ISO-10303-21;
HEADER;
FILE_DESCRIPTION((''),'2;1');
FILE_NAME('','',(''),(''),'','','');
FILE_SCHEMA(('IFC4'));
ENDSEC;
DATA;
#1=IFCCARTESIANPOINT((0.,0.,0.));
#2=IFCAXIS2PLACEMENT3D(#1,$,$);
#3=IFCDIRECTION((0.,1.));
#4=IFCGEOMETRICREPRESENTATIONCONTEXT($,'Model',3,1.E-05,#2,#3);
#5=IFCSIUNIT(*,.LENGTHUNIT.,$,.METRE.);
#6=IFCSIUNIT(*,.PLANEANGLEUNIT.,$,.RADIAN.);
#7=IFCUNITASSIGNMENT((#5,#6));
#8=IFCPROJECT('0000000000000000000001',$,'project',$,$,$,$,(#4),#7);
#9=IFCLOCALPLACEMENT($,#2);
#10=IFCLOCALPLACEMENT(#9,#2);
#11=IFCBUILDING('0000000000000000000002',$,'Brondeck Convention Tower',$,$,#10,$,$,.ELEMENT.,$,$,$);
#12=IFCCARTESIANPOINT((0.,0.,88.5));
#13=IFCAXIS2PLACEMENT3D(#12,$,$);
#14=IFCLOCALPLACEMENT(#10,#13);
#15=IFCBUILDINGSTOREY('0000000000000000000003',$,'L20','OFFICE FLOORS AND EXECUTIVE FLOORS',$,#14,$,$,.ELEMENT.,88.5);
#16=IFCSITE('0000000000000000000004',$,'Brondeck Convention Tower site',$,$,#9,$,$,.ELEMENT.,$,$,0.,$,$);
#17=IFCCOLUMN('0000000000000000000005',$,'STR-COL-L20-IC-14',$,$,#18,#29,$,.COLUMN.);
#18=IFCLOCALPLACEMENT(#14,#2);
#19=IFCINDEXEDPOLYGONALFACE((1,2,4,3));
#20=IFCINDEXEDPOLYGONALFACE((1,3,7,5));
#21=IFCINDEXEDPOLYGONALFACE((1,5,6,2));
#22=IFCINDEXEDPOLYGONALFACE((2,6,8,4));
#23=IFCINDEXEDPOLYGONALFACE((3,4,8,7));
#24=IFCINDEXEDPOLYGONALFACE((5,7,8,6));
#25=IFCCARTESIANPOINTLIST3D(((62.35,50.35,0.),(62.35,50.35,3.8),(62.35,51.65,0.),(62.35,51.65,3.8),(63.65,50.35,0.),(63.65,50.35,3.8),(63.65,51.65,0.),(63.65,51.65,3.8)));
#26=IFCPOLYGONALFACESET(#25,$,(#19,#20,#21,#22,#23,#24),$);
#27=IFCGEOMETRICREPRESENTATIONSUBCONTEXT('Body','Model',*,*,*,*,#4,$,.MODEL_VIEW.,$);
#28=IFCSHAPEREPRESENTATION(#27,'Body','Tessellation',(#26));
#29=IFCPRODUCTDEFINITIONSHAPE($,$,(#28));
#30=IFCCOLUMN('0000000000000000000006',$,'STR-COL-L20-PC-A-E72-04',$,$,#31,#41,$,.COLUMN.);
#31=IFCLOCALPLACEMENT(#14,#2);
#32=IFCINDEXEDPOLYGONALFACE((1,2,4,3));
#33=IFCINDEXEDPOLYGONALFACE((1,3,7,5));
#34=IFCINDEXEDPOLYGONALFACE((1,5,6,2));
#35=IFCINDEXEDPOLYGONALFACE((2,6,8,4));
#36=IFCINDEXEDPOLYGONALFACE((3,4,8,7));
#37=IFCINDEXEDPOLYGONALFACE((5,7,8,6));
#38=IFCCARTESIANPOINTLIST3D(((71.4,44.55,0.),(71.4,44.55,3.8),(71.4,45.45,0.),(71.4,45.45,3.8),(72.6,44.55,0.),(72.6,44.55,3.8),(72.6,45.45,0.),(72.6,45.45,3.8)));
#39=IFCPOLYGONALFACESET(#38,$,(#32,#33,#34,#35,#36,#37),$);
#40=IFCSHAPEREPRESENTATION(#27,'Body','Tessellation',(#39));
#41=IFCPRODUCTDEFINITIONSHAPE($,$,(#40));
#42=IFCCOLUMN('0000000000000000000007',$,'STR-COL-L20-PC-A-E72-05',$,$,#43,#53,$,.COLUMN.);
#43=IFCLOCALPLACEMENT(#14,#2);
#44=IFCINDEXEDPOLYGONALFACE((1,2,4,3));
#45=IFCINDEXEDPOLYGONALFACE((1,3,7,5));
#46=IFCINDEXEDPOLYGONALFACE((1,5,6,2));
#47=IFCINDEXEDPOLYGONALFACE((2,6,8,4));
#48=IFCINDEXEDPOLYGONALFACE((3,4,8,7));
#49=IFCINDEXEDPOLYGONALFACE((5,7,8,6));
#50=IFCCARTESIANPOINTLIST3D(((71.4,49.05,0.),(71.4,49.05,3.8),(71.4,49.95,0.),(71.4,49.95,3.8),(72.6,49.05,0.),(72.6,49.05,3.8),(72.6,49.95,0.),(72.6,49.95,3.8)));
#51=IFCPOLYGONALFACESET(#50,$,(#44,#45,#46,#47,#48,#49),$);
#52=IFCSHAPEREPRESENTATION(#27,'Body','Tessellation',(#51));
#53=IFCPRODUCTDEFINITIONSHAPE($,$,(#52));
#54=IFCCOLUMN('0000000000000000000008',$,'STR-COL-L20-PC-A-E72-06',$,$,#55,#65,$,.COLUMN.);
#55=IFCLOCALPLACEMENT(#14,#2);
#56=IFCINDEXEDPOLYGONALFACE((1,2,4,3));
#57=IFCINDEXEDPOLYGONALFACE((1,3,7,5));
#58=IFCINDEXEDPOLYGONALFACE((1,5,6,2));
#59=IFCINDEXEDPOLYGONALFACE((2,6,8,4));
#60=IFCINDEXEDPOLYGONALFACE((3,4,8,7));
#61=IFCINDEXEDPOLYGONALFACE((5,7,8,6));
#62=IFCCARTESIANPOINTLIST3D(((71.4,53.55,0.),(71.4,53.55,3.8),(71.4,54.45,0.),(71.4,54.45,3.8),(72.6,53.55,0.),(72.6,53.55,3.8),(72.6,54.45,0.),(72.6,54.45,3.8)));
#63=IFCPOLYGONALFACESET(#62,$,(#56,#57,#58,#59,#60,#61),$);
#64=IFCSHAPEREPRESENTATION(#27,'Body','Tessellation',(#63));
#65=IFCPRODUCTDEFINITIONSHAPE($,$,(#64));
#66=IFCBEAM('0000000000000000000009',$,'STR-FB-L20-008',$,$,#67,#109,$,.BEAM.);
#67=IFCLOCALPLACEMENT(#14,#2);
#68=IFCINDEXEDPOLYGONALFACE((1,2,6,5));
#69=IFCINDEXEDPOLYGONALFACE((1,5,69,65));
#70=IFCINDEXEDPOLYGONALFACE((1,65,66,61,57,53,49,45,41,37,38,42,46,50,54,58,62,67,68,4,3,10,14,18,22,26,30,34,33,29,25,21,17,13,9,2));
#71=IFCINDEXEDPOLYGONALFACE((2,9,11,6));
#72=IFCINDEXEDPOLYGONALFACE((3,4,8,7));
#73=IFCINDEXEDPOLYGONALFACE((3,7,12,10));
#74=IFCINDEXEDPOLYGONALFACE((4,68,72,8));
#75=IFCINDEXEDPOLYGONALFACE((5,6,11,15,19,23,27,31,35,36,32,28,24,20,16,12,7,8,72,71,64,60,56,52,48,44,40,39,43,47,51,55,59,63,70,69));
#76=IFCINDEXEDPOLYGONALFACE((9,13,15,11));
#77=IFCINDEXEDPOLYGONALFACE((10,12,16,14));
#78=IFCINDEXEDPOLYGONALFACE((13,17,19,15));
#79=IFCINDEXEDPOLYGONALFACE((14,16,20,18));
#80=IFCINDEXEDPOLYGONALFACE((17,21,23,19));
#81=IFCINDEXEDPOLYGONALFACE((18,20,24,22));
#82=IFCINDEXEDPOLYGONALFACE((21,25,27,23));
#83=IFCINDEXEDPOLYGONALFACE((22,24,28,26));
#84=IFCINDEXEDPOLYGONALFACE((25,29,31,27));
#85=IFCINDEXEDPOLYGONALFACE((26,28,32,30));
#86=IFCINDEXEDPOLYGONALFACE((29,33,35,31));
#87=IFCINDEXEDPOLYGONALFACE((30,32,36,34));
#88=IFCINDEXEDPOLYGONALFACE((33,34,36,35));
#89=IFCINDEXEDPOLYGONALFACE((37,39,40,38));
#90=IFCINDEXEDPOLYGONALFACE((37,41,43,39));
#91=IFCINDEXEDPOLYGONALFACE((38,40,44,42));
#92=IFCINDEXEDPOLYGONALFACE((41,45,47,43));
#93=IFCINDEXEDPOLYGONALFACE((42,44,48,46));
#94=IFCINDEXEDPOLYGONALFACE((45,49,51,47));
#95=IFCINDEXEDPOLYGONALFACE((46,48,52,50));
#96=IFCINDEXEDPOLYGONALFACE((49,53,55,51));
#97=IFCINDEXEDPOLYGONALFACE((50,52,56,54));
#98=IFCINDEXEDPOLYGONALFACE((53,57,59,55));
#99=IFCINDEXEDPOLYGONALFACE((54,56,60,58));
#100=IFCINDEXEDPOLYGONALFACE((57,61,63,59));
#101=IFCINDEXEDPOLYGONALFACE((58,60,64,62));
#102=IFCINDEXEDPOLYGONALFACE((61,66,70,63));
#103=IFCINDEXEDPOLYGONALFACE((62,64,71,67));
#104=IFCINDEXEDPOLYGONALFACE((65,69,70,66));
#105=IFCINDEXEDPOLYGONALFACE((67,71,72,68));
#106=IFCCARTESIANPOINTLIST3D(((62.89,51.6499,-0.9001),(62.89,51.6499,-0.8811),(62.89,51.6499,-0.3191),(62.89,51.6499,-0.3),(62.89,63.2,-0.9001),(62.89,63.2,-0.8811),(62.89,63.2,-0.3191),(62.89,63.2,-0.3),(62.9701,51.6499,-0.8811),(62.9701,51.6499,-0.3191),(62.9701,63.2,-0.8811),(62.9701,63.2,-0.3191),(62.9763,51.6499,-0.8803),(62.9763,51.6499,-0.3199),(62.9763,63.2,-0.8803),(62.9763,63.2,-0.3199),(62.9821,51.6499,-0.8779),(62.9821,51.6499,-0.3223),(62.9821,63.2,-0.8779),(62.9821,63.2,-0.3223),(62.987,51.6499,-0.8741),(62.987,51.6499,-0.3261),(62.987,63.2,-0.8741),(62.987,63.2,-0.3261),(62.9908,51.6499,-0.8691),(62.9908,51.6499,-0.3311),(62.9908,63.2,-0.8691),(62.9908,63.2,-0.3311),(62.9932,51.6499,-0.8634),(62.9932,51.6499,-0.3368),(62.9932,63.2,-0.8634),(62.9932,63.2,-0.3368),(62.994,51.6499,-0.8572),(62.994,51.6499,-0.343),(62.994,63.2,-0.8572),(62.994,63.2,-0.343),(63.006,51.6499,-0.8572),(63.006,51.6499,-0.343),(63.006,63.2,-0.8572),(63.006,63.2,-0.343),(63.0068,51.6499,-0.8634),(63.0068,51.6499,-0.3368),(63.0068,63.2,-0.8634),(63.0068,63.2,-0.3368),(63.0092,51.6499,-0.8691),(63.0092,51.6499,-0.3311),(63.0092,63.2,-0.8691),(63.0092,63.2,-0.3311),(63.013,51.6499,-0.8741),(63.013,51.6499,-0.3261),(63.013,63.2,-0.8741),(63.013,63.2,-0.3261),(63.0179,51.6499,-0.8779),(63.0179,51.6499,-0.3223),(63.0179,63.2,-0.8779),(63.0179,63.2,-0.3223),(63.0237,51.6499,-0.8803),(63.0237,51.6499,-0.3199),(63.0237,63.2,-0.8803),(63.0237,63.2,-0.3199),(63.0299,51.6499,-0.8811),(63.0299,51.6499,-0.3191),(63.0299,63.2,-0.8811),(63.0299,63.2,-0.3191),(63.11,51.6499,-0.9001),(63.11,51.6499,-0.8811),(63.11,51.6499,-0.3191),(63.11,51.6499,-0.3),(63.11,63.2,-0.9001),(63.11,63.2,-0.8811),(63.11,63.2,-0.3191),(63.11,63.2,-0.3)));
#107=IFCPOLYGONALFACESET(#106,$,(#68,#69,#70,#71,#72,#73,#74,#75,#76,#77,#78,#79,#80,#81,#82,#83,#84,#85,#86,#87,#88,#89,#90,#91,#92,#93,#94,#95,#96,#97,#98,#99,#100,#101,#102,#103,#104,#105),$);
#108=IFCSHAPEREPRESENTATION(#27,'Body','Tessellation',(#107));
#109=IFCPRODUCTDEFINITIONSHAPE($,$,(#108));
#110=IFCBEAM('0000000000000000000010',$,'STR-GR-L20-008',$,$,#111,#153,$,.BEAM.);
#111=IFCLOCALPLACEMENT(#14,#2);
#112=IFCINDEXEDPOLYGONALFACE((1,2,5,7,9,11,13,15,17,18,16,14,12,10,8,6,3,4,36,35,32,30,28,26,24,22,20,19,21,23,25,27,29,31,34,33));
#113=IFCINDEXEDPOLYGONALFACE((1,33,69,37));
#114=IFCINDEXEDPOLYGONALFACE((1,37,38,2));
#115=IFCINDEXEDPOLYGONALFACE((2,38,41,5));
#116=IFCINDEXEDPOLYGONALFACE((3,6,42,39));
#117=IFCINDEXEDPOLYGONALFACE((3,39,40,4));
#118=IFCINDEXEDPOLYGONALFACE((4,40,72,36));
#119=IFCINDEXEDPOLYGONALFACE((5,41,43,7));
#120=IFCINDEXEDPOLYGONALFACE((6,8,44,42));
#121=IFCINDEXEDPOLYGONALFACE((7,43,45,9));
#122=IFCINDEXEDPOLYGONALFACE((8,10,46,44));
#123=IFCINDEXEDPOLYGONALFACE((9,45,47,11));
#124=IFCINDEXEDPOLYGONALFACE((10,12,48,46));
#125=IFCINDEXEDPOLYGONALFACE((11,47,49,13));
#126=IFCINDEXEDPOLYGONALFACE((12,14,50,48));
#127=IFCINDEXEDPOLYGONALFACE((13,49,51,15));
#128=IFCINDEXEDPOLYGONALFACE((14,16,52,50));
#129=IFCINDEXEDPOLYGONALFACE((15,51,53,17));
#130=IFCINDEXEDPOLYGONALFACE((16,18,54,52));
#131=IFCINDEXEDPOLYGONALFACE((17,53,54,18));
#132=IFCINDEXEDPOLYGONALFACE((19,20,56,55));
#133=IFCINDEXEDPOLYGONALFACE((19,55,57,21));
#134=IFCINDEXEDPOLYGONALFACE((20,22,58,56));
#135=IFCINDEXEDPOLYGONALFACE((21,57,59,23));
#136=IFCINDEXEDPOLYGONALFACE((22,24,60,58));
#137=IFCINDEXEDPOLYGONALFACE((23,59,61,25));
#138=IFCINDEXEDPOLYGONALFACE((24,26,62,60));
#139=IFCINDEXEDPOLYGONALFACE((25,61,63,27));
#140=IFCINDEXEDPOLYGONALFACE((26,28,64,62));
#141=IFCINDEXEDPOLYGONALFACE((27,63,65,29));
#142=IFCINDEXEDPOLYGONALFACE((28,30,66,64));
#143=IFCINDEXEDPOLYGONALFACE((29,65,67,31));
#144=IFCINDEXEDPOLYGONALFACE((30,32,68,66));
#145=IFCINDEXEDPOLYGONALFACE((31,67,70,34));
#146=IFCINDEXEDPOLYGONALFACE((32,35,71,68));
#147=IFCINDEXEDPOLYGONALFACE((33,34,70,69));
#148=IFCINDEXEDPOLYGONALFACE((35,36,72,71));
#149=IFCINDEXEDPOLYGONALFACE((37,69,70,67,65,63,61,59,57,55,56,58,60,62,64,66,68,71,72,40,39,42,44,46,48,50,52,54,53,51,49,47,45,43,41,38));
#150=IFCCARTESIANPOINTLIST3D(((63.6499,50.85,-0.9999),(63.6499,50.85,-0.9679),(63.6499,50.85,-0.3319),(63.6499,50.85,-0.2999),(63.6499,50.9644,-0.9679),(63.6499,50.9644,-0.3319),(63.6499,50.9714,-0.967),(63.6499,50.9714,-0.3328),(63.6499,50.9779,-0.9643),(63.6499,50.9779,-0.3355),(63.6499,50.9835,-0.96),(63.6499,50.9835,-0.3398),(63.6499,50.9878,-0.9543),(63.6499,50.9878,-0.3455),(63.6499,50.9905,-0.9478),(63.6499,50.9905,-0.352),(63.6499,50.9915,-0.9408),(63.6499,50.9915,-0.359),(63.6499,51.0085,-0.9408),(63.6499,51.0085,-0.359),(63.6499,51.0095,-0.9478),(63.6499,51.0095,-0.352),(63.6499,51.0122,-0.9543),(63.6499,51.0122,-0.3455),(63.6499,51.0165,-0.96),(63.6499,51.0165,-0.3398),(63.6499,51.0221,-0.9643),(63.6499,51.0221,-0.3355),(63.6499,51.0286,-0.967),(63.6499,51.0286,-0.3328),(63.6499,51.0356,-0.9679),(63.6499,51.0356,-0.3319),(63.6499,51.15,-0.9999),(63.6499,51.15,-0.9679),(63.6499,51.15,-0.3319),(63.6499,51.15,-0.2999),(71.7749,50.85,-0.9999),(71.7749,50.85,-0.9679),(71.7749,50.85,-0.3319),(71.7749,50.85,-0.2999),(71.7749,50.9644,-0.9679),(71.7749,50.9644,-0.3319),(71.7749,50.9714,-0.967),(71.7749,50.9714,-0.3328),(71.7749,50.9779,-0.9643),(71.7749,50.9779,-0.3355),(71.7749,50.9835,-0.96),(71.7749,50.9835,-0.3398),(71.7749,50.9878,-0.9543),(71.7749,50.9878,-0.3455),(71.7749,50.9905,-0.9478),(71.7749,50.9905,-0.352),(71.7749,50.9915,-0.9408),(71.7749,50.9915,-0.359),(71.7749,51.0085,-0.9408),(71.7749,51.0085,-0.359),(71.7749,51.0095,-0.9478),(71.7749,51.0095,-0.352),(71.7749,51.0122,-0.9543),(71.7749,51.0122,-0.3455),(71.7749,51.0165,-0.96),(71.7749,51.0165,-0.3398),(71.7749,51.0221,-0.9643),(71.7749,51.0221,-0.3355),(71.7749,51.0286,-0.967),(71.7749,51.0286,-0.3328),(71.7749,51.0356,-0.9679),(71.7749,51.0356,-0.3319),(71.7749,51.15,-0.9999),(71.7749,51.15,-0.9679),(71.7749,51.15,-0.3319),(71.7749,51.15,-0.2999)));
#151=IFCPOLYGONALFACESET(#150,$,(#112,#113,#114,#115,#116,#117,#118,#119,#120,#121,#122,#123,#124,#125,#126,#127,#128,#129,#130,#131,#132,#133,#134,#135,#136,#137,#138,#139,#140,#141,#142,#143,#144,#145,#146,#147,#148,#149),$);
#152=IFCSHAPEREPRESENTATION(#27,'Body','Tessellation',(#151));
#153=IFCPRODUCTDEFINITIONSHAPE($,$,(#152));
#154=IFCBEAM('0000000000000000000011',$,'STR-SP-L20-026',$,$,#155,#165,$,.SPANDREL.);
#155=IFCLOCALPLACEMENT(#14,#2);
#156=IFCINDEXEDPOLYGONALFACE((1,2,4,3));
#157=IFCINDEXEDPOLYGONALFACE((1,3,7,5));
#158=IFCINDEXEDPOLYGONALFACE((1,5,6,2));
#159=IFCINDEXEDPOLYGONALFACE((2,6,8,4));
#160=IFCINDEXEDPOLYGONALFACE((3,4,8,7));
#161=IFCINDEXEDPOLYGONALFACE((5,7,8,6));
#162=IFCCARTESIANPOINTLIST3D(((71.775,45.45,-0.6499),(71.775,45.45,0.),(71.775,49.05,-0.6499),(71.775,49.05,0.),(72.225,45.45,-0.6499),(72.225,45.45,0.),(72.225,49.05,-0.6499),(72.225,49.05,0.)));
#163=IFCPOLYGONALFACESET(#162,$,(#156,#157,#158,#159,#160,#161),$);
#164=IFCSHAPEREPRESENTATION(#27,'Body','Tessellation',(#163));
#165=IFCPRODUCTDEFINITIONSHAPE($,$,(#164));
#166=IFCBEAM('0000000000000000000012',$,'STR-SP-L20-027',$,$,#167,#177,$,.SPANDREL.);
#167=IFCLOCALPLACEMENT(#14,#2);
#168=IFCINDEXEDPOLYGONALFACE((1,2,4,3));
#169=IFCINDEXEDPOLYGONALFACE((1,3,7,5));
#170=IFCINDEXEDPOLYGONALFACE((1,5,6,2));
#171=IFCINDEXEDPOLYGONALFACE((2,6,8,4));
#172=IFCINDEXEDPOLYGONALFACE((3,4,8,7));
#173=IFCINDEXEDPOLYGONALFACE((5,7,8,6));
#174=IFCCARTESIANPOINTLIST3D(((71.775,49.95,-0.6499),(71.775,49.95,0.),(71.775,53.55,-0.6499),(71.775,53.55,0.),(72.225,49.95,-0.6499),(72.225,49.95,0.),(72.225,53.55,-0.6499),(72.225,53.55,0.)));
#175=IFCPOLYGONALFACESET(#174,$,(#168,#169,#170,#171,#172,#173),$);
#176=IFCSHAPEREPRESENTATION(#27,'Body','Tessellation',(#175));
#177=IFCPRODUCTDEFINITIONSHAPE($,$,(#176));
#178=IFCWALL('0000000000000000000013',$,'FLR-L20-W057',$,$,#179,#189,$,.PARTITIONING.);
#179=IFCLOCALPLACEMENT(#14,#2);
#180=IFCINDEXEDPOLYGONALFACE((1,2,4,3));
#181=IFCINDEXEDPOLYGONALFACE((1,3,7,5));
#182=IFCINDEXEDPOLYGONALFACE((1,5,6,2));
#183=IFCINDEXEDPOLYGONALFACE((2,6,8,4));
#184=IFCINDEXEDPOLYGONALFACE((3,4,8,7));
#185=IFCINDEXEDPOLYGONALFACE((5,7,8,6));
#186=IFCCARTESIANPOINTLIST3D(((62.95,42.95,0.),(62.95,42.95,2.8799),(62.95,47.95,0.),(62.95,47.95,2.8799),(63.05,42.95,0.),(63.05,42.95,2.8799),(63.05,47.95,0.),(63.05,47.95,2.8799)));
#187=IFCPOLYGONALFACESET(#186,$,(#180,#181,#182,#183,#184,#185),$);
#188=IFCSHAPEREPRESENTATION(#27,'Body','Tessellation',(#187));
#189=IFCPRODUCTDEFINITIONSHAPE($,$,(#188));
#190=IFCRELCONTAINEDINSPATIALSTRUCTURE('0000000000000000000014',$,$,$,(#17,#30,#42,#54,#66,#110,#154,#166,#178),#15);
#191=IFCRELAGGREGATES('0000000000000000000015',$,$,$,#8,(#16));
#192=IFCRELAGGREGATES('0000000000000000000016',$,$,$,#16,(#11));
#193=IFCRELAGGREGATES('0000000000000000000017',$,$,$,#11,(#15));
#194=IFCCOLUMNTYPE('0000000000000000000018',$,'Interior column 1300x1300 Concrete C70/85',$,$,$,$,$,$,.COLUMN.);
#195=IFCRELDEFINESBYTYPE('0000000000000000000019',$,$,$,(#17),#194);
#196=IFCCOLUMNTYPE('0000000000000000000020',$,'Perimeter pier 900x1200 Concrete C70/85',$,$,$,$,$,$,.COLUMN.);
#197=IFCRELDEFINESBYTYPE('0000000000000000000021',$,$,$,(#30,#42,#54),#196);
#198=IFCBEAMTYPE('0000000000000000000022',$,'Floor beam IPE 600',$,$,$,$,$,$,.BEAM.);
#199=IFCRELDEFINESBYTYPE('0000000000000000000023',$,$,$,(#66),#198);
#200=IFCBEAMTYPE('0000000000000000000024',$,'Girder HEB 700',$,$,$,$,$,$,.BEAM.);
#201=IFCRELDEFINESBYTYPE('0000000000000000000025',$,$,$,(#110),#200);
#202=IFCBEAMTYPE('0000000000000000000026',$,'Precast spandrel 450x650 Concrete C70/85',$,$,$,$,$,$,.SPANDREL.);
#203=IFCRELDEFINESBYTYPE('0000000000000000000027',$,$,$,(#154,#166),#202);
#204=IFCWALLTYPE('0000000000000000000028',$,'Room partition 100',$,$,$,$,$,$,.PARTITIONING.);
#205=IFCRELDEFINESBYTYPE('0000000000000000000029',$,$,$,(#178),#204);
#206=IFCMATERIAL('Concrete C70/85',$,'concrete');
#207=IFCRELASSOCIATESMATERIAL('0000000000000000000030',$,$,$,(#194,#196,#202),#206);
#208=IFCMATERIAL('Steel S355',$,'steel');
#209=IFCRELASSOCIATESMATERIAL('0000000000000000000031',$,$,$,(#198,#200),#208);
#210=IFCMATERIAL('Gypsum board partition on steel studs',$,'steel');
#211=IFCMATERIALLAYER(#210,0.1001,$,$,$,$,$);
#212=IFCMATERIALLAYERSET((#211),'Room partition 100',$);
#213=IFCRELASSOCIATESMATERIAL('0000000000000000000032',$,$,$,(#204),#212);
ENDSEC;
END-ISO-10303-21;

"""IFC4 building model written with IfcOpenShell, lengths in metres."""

from ifc_helpers import new_model, si_unit, direction, frame, frame_2d, origin, origin_2d, place, context, subcontext, project, spatial, rectangle, i_section, extrude, material, layer, layer_set, material_profile, profile_set, type_object, element, save


model = new_model("IFC4")

# Units and contexts
model_context = context("Model", 3, precision=1e-05, world=origin(), true_north=direction((0.0, 1.0)))
body_context = subcontext(model_context, "Body", "Model", "MODEL_VIEW")
ifc_project = project(units=[si_unit("LENGTHUNIT", "METRE"), si_unit("PLANEANGLEUNIT", "RADIAN")], contexts=[model_context])

# Site, building, storey
site_placement = place(None, origin())
site = spatial("IfcSite", under=ifc_project, at=site_placement, Name="Brondeck Convention Tower site", CompositionType="ELEMENT", RefElevation=0.0)
building_placement = place(site_placement, origin())
building = spatial("IfcBuilding", under=site, at=building_placement, Name="Brondeck Convention Tower", CompositionType="ELEMENT")
storey_placement = place(building_placement, frame((0.0, 0.0, 88.5)))
storey = spatial("IfcBuildingStorey", under=building, at=storey_placement, Name="L20", Description="OFFICE FLOORS AND EXECUTIVE FLOORS", CompositionType="ELEMENT", Elevation=88.5)

# Columns
ifc_material_1 = material(Name="Concrete C70/85", Category="concrete")
ifc_material_profile_1 = material_profile(ifc_material_1, rectangle(XDim=1.3, YDim=1.3, at=origin_2d()), Name="Interior column 1300x1300 Concrete C70/85")
ifc_profile_set_1 = profile_set([ifc_material_profile_1], Name="Concrete C70/85")
column_type_1 = type_object("IfcColumnType", Name="Interior column 1300x1300 Concrete C70/85", PredefinedType="COLUMN", material=ifc_profile_set_1)
column_placement = place(storey_placement, frame((63.0, 51.0, 0.0), z_axis=(0.0, 0.0, 1.0), x_axis=(1.0, 0.0, 0.0)))
element("IfcColumn", 1, at=column_placement, inside=storey, type_object=column_type_1, Name="STR-COL-L20-IC-14", PredefinedType="COLUMN", context=body_context, shape_type="SweptSolid", body=[
    extrude(rectangle(XDim=1.3, YDim=1.3, at=origin_2d()), origin(), (0.0, 0.0, 1.0), 3.8),
])
ifc_material_profile_2 = material_profile(ifc_material_1, rectangle(XDim=0.8999, YDim=1.2, at=origin_2d()), Name="Perimeter pier 900x1200 Concrete C70/85")
ifc_profile_set_2 = profile_set([ifc_material_profile_2], Name="Concrete C70/85")
column_type_2 = type_object("IfcColumnType", Name="Perimeter pier 900x1200 Concrete C70/85", PredefinedType="COLUMN", material=ifc_profile_set_2)
for number, where, z_axis, x_axis, name in (
    (2, (72.0, 45.0, 0.0), (0.0, 0.0, 1.0), (0.0, 1.0, 0.0), "STR-COL-L20-PC-A-E72-04"),
    (3, (72.0, 49.5, 0.0), (0.0, 0.0, 1.0), (0.0, 1.0, 0.0), "STR-COL-L20-PC-A-E72-05"),
    (4, (72.0, 54.0, 0.0), (0.0, 0.0, 1.0), (0.0, 1.0, 0.0), "STR-COL-L20-PC-A-E72-06"),
):
    element("IfcColumn", number, at=place(storey_placement, frame(where, z_axis=z_axis, x_axis=x_axis)), inside=storey, type_object=column_type_2, Name=name, PredefinedType="COLUMN", context=body_context, shape_type="SweptSolid", body=[
        extrude(rectangle(XDim=0.8999, YDim=1.2, at=origin_2d()), origin(), (0.0, 0.0, 1.0), 3.8),
    ])

# Beams
ifc_material_2 = material(Name="Steel S355", Category="steel")
ifc_material_profile_3 = material_profile(ifc_material_2, i_section(OverallWidth=0.22, OverallDepth=0.6001, WebThickness=0.012, FlangeThickness=0.019, FilletRadius=0.0239, at=origin_2d()), Name="IPE 600")
ifc_profile_set_3 = profile_set([ifc_material_profile_3], Name="Steel S355")
beam_type_1 = type_object("IfcBeamType", Name="Floor beam IPE 600", PredefinedType="BEAM", material=ifc_profile_set_3)
beam_1_placement = place(storey_placement, frame((63.0, 51.6499, -0.6001), z_axis=(0.0, 1.0, 0.0), x_axis=(-1.0, 0.0, 0.0)))
element("IfcBeam", 5, at=beam_1_placement, inside=storey, type_object=beam_type_1, Name="STR-FB-L20-008", PredefinedType="BEAM", context=body_context, shape_type="SweptSolid", body=[
    extrude(i_section(OverallWidth=0.22, OverallDepth=0.6001, WebThickness=0.012, FlangeThickness=0.019, FilletRadius=0.0239, at=origin_2d()), origin(), (0.0, 0.0, 1.0), 11.55),
])
ifc_material_profile_4 = material_profile(ifc_material_2, i_section(OverallWidth=0.3, OverallDepth=0.7, WebThickness=0.0171, FlangeThickness=0.032, FilletRadius=0.0271, at=origin_2d()), Name="HEB 700")
ifc_profile_set_4 = profile_set([ifc_material_profile_4], Name="Steel S355")
beam_type_2 = type_object("IfcBeamType", Name="Girder HEB 700", PredefinedType="BEAM", material=ifc_profile_set_4)
beam_2_placement = place(storey_placement, frame((63.6499, 51.0, -0.6499), z_axis=(1.0, 0.0, 0.0), x_axis=(0.0, 1.0, 0.0)))
element("IfcBeam", 6, at=beam_2_placement, inside=storey, type_object=beam_type_2, Name="STR-GR-L20-008", PredefinedType="BEAM", context=body_context, shape_type="SweptSolid", body=[
    extrude(i_section(OverallWidth=0.3, OverallDepth=0.7, WebThickness=0.0171, FlangeThickness=0.032, FilletRadius=0.0271, at=origin_2d()), origin(), (0.0, 0.0, 1.0), 8.125),
])
ifc_material_profile_5 = material_profile(ifc_material_1, rectangle(XDim=0.45, YDim=0.6499, at=origin_2d()), Name="Precast spandrel 450x650 Concrete C70/85")
ifc_profile_set_5 = profile_set([ifc_material_profile_5], Name="Concrete C70/85")
beam_type_3 = type_object("IfcBeamType", Name="Precast spandrel 450x650 Concrete C70/85", PredefinedType="SPANDREL", material=ifc_profile_set_5)
for number, where, z_axis, x_axis, name in (
    (7, (72.0, 45.45, -0.325), (0.0, 1.0, 0.0), (-1.0, 0.0, 0.0), "STR-SP-L20-026"),
    (8, (72.0, 49.95, -0.325), (0.0, 1.0, 0.0), (-1.0, 0.0, 0.0), "STR-SP-L20-027"),
):
    element("IfcBeam", number, at=place(storey_placement, frame(where, z_axis=z_axis, x_axis=x_axis)), inside=storey, type_object=beam_type_3, Name=name, PredefinedType="SPANDREL", context=body_context, shape_type="SweptSolid", body=[
        extrude(rectangle(XDim=0.45, YDim=0.6499, at=origin_2d()), origin(), (0.0, 0.0, 1.0), 3.6001),
    ])

# Wall
ifc_material_3 = material(Name="Gypsum board partition on steel studs", Category="steel")
ifc_layer = layer(ifc_material_3, 0.1001)
ifc_layer_set = layer_set([ifc_layer], Name="Room partition 100")
wall_type = type_object("IfcWallType", Name="Room partition 100", PredefinedType="PARTITIONING", material=ifc_layer_set)
wall_1_placement = place(storey_placement, frame((63.0, 47.95, 0.0), z_axis=(0.0, 0.0, 1.0), x_axis=(0.0, -1.0, 0.0)))
element("IfcWall", 9, at=wall_1_placement, inside=storey, type_object=wall_type, Name="FLR-L20-W057", PredefinedType="PARTITIONING", context=body_context, shape_type="SweptSolid", body=[
    extrude(rectangle(XDim=5.0, YDim=0.1001, at=frame_2d((2.5, 0.0))), origin(), (0.0, 0.0, 1.0), 2.8799),
])

save(model, "model.ifc")
